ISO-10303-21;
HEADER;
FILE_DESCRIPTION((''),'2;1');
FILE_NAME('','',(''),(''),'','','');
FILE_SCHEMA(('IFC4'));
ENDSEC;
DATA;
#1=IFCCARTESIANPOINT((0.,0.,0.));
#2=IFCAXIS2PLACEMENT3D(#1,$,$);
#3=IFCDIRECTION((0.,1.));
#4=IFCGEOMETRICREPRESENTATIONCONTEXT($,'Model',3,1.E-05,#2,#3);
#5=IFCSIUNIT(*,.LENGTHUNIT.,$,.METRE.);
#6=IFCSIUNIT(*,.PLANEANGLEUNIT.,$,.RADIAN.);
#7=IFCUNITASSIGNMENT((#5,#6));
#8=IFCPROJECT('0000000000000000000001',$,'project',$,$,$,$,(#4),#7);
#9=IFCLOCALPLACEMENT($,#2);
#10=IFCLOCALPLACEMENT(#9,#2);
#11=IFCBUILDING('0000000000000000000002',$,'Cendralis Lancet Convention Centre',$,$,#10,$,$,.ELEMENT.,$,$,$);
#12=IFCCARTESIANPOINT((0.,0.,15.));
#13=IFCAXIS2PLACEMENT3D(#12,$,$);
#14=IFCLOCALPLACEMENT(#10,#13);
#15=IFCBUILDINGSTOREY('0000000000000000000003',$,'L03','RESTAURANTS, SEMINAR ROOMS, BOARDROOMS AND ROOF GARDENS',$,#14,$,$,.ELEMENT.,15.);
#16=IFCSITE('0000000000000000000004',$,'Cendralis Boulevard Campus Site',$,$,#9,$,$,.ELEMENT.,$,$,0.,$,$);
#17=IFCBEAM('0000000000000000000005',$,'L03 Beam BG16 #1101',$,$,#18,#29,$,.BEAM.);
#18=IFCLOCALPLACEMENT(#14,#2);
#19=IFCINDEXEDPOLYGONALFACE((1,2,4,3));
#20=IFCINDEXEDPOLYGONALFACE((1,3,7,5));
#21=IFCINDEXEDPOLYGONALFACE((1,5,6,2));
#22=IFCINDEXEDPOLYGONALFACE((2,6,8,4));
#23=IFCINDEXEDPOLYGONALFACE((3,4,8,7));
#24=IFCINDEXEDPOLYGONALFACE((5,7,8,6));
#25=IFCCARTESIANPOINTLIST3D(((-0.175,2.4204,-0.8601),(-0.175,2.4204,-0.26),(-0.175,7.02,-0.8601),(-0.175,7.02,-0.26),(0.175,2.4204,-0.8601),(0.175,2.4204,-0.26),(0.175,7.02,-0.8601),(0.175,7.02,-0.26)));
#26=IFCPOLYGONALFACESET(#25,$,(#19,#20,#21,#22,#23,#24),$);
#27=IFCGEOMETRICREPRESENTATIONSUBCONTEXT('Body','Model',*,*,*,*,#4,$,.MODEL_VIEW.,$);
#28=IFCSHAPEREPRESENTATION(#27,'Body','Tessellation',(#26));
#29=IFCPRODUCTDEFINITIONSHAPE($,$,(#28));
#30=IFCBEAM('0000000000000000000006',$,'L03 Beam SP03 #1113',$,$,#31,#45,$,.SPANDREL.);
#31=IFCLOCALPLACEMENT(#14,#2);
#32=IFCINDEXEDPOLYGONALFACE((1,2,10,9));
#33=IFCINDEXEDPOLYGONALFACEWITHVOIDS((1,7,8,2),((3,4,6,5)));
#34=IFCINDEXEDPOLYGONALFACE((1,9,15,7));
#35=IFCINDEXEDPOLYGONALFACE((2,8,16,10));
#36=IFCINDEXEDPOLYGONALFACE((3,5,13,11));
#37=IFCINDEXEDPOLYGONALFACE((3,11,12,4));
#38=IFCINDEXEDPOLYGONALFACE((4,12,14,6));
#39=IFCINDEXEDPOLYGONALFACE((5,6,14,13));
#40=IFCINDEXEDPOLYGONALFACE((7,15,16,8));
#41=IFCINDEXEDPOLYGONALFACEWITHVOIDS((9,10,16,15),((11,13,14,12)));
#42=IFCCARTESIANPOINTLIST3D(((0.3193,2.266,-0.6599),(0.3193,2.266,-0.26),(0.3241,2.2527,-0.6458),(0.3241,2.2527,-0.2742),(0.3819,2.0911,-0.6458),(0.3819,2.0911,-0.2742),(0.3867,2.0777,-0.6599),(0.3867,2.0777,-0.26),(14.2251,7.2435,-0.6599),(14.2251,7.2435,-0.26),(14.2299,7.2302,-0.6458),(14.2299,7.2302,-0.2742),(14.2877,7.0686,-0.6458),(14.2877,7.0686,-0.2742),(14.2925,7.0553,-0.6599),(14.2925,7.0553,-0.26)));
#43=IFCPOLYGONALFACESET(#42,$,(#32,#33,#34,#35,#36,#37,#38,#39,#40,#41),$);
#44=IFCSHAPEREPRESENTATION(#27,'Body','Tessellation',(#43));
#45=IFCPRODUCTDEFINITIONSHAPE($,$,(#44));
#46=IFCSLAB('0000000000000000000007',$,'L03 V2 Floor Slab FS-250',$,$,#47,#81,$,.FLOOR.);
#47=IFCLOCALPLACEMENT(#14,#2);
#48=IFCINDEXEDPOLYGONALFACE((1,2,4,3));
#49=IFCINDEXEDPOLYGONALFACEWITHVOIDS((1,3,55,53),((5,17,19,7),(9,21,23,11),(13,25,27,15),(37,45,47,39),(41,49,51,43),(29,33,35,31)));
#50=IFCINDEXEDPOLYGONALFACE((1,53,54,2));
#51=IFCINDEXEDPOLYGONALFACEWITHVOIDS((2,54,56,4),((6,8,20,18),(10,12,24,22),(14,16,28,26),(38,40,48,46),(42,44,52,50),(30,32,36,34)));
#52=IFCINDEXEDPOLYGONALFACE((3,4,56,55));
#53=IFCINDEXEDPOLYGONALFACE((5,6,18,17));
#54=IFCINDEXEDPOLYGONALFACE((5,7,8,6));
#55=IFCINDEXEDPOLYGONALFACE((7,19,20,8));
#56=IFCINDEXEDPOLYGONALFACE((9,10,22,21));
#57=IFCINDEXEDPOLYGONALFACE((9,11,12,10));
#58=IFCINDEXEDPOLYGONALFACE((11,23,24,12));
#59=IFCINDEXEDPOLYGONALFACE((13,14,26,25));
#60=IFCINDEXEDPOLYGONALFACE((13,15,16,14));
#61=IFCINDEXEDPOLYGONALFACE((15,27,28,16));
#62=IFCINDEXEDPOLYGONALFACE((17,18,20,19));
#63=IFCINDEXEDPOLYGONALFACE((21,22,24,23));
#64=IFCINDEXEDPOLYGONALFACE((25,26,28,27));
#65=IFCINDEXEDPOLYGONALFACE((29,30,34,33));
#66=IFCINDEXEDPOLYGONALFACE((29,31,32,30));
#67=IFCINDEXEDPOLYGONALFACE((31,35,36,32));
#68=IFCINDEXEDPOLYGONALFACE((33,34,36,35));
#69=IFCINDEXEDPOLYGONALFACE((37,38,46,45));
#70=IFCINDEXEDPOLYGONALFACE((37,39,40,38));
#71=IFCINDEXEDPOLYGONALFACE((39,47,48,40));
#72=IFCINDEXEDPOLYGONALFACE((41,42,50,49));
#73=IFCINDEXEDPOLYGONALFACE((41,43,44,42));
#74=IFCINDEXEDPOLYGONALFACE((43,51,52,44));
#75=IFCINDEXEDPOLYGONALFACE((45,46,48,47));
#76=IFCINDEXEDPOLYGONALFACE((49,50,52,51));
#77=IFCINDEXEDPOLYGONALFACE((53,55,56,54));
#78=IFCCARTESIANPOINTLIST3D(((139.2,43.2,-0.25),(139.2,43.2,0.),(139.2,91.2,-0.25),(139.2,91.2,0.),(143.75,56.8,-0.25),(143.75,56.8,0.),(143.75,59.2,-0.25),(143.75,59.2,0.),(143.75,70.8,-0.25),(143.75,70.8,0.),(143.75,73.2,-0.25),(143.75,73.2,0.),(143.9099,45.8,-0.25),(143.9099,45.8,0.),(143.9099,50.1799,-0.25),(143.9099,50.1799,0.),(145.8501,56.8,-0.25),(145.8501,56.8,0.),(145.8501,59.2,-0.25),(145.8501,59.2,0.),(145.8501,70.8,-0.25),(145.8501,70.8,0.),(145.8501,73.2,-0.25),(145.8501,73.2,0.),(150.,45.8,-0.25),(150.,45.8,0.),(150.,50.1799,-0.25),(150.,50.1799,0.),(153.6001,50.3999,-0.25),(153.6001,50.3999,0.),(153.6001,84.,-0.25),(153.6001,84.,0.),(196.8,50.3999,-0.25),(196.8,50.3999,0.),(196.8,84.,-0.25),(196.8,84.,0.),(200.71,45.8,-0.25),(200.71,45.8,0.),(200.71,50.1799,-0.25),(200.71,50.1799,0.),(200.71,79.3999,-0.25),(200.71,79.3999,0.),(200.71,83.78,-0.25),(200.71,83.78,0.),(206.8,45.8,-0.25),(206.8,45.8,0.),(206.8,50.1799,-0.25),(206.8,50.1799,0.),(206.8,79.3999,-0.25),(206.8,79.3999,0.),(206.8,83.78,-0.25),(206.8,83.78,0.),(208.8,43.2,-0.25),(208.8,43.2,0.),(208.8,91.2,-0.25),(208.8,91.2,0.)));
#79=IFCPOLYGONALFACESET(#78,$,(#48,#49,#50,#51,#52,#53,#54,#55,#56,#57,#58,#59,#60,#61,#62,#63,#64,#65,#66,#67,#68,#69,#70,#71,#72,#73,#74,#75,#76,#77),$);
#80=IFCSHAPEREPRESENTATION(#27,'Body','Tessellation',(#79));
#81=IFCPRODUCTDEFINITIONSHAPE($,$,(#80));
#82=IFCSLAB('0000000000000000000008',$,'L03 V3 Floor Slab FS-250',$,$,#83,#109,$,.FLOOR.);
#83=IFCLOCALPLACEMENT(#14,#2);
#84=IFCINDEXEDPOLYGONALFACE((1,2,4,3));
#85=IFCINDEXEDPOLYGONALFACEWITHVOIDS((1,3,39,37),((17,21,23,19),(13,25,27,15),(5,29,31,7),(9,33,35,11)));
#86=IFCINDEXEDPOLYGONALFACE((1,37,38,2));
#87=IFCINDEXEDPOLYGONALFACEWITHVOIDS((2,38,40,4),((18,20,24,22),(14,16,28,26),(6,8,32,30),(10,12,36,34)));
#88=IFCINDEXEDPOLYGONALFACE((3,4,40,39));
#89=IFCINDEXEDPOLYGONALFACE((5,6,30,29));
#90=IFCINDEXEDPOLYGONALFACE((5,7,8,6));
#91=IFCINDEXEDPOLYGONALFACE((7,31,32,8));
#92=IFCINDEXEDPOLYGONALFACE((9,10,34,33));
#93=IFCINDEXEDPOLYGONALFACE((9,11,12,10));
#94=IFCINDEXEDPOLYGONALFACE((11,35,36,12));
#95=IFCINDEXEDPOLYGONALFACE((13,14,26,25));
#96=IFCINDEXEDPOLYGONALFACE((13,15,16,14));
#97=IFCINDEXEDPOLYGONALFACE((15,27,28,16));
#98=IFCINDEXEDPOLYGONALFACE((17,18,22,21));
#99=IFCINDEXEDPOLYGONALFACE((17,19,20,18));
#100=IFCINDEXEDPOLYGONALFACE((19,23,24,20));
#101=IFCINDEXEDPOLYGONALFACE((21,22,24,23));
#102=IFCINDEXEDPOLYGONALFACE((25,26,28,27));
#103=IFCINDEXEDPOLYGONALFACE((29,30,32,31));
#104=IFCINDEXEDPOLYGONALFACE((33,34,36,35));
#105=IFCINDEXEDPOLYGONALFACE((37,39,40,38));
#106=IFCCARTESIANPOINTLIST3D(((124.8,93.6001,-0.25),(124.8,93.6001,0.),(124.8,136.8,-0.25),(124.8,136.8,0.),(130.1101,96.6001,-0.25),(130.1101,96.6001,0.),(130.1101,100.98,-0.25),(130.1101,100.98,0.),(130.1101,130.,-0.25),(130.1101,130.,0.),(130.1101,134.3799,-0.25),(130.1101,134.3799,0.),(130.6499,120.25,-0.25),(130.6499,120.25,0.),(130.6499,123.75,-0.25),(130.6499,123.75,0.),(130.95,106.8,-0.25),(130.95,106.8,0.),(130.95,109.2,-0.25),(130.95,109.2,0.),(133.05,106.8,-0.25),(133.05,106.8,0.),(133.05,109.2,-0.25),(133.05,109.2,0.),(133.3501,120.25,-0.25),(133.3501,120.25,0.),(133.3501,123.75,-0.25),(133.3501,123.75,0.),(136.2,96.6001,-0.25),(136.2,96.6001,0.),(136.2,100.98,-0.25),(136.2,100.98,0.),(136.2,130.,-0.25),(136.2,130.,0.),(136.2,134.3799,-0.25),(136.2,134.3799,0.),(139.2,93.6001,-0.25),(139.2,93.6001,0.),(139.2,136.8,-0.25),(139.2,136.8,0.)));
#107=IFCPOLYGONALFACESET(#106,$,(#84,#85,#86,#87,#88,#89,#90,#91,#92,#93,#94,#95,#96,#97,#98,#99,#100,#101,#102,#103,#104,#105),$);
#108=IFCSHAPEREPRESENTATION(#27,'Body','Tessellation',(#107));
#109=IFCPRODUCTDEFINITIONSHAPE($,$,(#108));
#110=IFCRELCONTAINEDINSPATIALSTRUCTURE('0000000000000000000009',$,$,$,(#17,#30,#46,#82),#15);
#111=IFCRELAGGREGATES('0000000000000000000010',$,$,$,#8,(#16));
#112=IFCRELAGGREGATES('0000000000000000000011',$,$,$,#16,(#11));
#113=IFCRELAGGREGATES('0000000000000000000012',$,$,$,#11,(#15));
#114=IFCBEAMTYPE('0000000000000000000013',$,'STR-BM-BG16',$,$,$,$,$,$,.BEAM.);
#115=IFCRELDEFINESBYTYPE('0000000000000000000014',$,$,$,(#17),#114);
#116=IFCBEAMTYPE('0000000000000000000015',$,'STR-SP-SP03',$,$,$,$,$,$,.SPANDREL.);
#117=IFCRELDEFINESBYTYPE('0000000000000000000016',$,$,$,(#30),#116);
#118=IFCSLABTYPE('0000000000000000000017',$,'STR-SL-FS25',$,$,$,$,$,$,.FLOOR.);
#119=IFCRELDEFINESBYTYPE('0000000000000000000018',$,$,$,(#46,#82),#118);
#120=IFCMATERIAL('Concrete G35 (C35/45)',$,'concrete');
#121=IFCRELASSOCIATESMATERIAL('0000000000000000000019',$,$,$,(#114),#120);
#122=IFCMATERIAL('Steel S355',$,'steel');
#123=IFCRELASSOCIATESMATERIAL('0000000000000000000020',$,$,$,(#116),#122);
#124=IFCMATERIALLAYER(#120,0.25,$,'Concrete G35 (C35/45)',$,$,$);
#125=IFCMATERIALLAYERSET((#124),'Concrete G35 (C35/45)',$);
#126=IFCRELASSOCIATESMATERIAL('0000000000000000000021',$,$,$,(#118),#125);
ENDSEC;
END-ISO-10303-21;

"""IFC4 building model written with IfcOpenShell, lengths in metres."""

from ifc_helpers import new_model, si_unit, direction, frame, origin, origin_2d, place, context, subcontext, project, spatial, polyline, rectangle, hollow_rectangle, outline, extrude, material, layer, layer_set, material_profile, profile_set, type_object, element, save


model = new_model("IFC4")

# Units and contexts
model_context = context("Model", 3, precision=1e-05, world=origin(), true_north=direction((0.0, 1.0)))
body_context = subcontext(model_context, "Body", "Model", "MODEL_VIEW")
ifc_project = project(units=[si_unit("LENGTHUNIT", "METRE"), si_unit("PLANEANGLEUNIT", "RADIAN")], contexts=[model_context])

# Site, building, storey
site_placement = place(None, origin())
site = spatial("IfcSite", under=ifc_project, at=site_placement, Name="Cendralis Boulevard Campus Site", CompositionType="ELEMENT", RefElevation=0.0)
building_placement = place(site_placement, origin())
building = spatial("IfcBuilding", under=site, at=building_placement, Name="Cendralis Lancet Convention Centre", CompositionType="ELEMENT")
storey_placement = place(building_placement, frame((0.0, 0.0, 15.0)))
storey = spatial("IfcBuildingStorey", under=building, at=storey_placement, Name="L03", Description="RESTAURANTS, SEMINAR ROOMS, BOARDROOMS AND ROOF GARDENS", CompositionType="ELEMENT", Elevation=15.0)

# Beams
ifc_material_1 = material(Name="Concrete G35 (C35/45)", Category="concrete")
ifc_material_profile_1 = material_profile(ifc_material_1, rectangle(XDim=0.3501, YDim=0.6001, at=origin_2d()), Name="RCB 350x600")
ifc_profile_set_1 = profile_set([ifc_material_profile_1], Name="Concrete G35 (C35/45)")
beam_type_1 = type_object("IfcBeamType", Name="STR-BM-BG16", PredefinedType="BEAM", material=ifc_profile_set_1)
beam_1_placement = place(storey_placement, frame((0.0, 2.4204, -0.5601), z_axis=(0.0, 1.0, 0.0), x_axis=(-1.0, 0.0, 0.0)))
element("IfcBeam", 1, at=beam_1_placement, inside=storey, type_object=beam_type_1, Name="L03 Beam BG16 #1101", PredefinedType="BEAM", context=body_context, shape_type="SweptSolid", body=[
    extrude(rectangle(XDim=0.3501, YDim=0.6001, at=origin_2d()), origin(), (0.0, 0.0, 1.0), 4.5996),
])
ifc_material_2 = material(Name="Steel S355", Category="steel")
ifc_material_profile_2 = material_profile(ifc_material_2, hollow_rectangle(XDim=0.2, YDim=0.3999, WallThickness=0.0142, at=origin_2d()), Name="RHS 400x200x14.2")
ifc_profile_set_2 = profile_set([ifc_material_profile_2], Name="Steel S355")
beam_type_2 = type_object("IfcBeamType", Name="STR-SP-SP03", PredefinedType="SPANDREL", material=ifc_profile_set_2)
beam_2_placement = place(storey_placement, frame((0.353, 2.1719, -0.46), z_axis=(0.941502, 0.337009, 0.0), x_axis=(-0.337009, 0.941502, 0.0)))
element("IfcBeam", 2, at=beam_2_placement, inside=storey, type_object=beam_type_2, Name="L03 Beam SP03 #1113", PredefinedType="SPANDREL", context=body_context, shape_type="SweptSolid", body=[
    extrude(hollow_rectangle(XDim=0.2, YDim=0.3999, WallThickness=0.0142, at=origin_2d()), origin(), (0.0, 0.0, 1.0), 14.7698),
])

# Slabs
ifc_layer_1 = layer(ifc_material_1, 0.25, Name="Concrete G35 (C35/45)")
ifc_layer_set_1 = layer_set([ifc_layer_1], Name="Concrete G35 (C35/45)")
slab_type_1 = type_object("IfcSlabType", Name="STR-SL-FS25", PredefinedType="FLOOR", material=ifc_layer_set_1)
slab_1_placement = place(storey_placement, frame((0.0, 0.0, -0.25)))
element("IfcSlab", 3, at=slab_1_placement, inside=storey, type_object=slab_type_1, Name="L03 V2 Floor Slab FS-250", PredefinedType="FLOOR", context=body_context, shape_type="SweptSolid", body=[
    extrude(outline(polyline([(139.2, 43.2), (208.8, 43.2), (208.8, 91.2), (139.2, 91.2), (139.2, 43.2)]), holes=[polyline([(153.6001, 50.3999), (196.8, 50.3999), (196.8, 84.0), (153.6001, 84.0), (153.6001, 50.3999)]), polyline([(143.9099, 45.8), (150.0, 45.8), (150.0, 50.1799), (143.9099, 50.1799), (143.9099, 45.8)]), polyline([(200.71, 45.8), (206.8, 45.8), (206.8, 50.1799), (200.71, 50.1799), (200.71, 45.8)]), polyline([(200.71, 79.3999), (206.8, 79.3999), (206.8, 83.78), (200.71, 83.78), (200.71, 79.3999)]), polyline([(143.75, 56.8), (145.8501, 56.8), (145.8501, 59.2), (143.75, 59.2), (143.75, 56.8)]), polyline([(143.75, 70.8), (145.8501, 70.8), (145.8501, 73.2), (143.75, 73.2), (143.75, 70.8)])]), origin(), (0.0, 0.0, 1.0), 0.25),
])
slab_2_placement = place(storey_placement, frame((0.0, 0.0, -0.25)))
element("IfcSlab", 4, at=slab_2_placement, inside=storey, type_object=slab_type_1, Name="L03 V3 Floor Slab FS-250", PredefinedType="FLOOR", context=body_context, shape_type="SweptSolid", body=[
    extrude(outline(polyline([(124.8, 93.6001), (139.2, 93.6001), (139.2, 136.8), (124.8, 136.8), (124.8, 93.6001)]), holes=[polyline([(130.1101, 130.0), (136.2, 130.0), (136.2, 134.3799), (130.1101, 134.3799), (130.1101, 130.0)]), polyline([(130.1101, 96.6001), (136.2, 96.6001), (136.2, 100.98), (130.1101, 100.98), (130.1101, 96.6001)]), polyline([(130.95, 106.8), (133.05, 106.8), (133.05, 109.2), (130.95, 109.2), (130.95, 106.8)]), polyline([(130.6499, 120.25), (133.3501, 120.25), (133.3501, 123.75), (130.6499, 123.75), (130.6499, 120.25)])]), origin(), (0.0, 0.0, 1.0), 0.25),
])

save(model, "model.ifc")
